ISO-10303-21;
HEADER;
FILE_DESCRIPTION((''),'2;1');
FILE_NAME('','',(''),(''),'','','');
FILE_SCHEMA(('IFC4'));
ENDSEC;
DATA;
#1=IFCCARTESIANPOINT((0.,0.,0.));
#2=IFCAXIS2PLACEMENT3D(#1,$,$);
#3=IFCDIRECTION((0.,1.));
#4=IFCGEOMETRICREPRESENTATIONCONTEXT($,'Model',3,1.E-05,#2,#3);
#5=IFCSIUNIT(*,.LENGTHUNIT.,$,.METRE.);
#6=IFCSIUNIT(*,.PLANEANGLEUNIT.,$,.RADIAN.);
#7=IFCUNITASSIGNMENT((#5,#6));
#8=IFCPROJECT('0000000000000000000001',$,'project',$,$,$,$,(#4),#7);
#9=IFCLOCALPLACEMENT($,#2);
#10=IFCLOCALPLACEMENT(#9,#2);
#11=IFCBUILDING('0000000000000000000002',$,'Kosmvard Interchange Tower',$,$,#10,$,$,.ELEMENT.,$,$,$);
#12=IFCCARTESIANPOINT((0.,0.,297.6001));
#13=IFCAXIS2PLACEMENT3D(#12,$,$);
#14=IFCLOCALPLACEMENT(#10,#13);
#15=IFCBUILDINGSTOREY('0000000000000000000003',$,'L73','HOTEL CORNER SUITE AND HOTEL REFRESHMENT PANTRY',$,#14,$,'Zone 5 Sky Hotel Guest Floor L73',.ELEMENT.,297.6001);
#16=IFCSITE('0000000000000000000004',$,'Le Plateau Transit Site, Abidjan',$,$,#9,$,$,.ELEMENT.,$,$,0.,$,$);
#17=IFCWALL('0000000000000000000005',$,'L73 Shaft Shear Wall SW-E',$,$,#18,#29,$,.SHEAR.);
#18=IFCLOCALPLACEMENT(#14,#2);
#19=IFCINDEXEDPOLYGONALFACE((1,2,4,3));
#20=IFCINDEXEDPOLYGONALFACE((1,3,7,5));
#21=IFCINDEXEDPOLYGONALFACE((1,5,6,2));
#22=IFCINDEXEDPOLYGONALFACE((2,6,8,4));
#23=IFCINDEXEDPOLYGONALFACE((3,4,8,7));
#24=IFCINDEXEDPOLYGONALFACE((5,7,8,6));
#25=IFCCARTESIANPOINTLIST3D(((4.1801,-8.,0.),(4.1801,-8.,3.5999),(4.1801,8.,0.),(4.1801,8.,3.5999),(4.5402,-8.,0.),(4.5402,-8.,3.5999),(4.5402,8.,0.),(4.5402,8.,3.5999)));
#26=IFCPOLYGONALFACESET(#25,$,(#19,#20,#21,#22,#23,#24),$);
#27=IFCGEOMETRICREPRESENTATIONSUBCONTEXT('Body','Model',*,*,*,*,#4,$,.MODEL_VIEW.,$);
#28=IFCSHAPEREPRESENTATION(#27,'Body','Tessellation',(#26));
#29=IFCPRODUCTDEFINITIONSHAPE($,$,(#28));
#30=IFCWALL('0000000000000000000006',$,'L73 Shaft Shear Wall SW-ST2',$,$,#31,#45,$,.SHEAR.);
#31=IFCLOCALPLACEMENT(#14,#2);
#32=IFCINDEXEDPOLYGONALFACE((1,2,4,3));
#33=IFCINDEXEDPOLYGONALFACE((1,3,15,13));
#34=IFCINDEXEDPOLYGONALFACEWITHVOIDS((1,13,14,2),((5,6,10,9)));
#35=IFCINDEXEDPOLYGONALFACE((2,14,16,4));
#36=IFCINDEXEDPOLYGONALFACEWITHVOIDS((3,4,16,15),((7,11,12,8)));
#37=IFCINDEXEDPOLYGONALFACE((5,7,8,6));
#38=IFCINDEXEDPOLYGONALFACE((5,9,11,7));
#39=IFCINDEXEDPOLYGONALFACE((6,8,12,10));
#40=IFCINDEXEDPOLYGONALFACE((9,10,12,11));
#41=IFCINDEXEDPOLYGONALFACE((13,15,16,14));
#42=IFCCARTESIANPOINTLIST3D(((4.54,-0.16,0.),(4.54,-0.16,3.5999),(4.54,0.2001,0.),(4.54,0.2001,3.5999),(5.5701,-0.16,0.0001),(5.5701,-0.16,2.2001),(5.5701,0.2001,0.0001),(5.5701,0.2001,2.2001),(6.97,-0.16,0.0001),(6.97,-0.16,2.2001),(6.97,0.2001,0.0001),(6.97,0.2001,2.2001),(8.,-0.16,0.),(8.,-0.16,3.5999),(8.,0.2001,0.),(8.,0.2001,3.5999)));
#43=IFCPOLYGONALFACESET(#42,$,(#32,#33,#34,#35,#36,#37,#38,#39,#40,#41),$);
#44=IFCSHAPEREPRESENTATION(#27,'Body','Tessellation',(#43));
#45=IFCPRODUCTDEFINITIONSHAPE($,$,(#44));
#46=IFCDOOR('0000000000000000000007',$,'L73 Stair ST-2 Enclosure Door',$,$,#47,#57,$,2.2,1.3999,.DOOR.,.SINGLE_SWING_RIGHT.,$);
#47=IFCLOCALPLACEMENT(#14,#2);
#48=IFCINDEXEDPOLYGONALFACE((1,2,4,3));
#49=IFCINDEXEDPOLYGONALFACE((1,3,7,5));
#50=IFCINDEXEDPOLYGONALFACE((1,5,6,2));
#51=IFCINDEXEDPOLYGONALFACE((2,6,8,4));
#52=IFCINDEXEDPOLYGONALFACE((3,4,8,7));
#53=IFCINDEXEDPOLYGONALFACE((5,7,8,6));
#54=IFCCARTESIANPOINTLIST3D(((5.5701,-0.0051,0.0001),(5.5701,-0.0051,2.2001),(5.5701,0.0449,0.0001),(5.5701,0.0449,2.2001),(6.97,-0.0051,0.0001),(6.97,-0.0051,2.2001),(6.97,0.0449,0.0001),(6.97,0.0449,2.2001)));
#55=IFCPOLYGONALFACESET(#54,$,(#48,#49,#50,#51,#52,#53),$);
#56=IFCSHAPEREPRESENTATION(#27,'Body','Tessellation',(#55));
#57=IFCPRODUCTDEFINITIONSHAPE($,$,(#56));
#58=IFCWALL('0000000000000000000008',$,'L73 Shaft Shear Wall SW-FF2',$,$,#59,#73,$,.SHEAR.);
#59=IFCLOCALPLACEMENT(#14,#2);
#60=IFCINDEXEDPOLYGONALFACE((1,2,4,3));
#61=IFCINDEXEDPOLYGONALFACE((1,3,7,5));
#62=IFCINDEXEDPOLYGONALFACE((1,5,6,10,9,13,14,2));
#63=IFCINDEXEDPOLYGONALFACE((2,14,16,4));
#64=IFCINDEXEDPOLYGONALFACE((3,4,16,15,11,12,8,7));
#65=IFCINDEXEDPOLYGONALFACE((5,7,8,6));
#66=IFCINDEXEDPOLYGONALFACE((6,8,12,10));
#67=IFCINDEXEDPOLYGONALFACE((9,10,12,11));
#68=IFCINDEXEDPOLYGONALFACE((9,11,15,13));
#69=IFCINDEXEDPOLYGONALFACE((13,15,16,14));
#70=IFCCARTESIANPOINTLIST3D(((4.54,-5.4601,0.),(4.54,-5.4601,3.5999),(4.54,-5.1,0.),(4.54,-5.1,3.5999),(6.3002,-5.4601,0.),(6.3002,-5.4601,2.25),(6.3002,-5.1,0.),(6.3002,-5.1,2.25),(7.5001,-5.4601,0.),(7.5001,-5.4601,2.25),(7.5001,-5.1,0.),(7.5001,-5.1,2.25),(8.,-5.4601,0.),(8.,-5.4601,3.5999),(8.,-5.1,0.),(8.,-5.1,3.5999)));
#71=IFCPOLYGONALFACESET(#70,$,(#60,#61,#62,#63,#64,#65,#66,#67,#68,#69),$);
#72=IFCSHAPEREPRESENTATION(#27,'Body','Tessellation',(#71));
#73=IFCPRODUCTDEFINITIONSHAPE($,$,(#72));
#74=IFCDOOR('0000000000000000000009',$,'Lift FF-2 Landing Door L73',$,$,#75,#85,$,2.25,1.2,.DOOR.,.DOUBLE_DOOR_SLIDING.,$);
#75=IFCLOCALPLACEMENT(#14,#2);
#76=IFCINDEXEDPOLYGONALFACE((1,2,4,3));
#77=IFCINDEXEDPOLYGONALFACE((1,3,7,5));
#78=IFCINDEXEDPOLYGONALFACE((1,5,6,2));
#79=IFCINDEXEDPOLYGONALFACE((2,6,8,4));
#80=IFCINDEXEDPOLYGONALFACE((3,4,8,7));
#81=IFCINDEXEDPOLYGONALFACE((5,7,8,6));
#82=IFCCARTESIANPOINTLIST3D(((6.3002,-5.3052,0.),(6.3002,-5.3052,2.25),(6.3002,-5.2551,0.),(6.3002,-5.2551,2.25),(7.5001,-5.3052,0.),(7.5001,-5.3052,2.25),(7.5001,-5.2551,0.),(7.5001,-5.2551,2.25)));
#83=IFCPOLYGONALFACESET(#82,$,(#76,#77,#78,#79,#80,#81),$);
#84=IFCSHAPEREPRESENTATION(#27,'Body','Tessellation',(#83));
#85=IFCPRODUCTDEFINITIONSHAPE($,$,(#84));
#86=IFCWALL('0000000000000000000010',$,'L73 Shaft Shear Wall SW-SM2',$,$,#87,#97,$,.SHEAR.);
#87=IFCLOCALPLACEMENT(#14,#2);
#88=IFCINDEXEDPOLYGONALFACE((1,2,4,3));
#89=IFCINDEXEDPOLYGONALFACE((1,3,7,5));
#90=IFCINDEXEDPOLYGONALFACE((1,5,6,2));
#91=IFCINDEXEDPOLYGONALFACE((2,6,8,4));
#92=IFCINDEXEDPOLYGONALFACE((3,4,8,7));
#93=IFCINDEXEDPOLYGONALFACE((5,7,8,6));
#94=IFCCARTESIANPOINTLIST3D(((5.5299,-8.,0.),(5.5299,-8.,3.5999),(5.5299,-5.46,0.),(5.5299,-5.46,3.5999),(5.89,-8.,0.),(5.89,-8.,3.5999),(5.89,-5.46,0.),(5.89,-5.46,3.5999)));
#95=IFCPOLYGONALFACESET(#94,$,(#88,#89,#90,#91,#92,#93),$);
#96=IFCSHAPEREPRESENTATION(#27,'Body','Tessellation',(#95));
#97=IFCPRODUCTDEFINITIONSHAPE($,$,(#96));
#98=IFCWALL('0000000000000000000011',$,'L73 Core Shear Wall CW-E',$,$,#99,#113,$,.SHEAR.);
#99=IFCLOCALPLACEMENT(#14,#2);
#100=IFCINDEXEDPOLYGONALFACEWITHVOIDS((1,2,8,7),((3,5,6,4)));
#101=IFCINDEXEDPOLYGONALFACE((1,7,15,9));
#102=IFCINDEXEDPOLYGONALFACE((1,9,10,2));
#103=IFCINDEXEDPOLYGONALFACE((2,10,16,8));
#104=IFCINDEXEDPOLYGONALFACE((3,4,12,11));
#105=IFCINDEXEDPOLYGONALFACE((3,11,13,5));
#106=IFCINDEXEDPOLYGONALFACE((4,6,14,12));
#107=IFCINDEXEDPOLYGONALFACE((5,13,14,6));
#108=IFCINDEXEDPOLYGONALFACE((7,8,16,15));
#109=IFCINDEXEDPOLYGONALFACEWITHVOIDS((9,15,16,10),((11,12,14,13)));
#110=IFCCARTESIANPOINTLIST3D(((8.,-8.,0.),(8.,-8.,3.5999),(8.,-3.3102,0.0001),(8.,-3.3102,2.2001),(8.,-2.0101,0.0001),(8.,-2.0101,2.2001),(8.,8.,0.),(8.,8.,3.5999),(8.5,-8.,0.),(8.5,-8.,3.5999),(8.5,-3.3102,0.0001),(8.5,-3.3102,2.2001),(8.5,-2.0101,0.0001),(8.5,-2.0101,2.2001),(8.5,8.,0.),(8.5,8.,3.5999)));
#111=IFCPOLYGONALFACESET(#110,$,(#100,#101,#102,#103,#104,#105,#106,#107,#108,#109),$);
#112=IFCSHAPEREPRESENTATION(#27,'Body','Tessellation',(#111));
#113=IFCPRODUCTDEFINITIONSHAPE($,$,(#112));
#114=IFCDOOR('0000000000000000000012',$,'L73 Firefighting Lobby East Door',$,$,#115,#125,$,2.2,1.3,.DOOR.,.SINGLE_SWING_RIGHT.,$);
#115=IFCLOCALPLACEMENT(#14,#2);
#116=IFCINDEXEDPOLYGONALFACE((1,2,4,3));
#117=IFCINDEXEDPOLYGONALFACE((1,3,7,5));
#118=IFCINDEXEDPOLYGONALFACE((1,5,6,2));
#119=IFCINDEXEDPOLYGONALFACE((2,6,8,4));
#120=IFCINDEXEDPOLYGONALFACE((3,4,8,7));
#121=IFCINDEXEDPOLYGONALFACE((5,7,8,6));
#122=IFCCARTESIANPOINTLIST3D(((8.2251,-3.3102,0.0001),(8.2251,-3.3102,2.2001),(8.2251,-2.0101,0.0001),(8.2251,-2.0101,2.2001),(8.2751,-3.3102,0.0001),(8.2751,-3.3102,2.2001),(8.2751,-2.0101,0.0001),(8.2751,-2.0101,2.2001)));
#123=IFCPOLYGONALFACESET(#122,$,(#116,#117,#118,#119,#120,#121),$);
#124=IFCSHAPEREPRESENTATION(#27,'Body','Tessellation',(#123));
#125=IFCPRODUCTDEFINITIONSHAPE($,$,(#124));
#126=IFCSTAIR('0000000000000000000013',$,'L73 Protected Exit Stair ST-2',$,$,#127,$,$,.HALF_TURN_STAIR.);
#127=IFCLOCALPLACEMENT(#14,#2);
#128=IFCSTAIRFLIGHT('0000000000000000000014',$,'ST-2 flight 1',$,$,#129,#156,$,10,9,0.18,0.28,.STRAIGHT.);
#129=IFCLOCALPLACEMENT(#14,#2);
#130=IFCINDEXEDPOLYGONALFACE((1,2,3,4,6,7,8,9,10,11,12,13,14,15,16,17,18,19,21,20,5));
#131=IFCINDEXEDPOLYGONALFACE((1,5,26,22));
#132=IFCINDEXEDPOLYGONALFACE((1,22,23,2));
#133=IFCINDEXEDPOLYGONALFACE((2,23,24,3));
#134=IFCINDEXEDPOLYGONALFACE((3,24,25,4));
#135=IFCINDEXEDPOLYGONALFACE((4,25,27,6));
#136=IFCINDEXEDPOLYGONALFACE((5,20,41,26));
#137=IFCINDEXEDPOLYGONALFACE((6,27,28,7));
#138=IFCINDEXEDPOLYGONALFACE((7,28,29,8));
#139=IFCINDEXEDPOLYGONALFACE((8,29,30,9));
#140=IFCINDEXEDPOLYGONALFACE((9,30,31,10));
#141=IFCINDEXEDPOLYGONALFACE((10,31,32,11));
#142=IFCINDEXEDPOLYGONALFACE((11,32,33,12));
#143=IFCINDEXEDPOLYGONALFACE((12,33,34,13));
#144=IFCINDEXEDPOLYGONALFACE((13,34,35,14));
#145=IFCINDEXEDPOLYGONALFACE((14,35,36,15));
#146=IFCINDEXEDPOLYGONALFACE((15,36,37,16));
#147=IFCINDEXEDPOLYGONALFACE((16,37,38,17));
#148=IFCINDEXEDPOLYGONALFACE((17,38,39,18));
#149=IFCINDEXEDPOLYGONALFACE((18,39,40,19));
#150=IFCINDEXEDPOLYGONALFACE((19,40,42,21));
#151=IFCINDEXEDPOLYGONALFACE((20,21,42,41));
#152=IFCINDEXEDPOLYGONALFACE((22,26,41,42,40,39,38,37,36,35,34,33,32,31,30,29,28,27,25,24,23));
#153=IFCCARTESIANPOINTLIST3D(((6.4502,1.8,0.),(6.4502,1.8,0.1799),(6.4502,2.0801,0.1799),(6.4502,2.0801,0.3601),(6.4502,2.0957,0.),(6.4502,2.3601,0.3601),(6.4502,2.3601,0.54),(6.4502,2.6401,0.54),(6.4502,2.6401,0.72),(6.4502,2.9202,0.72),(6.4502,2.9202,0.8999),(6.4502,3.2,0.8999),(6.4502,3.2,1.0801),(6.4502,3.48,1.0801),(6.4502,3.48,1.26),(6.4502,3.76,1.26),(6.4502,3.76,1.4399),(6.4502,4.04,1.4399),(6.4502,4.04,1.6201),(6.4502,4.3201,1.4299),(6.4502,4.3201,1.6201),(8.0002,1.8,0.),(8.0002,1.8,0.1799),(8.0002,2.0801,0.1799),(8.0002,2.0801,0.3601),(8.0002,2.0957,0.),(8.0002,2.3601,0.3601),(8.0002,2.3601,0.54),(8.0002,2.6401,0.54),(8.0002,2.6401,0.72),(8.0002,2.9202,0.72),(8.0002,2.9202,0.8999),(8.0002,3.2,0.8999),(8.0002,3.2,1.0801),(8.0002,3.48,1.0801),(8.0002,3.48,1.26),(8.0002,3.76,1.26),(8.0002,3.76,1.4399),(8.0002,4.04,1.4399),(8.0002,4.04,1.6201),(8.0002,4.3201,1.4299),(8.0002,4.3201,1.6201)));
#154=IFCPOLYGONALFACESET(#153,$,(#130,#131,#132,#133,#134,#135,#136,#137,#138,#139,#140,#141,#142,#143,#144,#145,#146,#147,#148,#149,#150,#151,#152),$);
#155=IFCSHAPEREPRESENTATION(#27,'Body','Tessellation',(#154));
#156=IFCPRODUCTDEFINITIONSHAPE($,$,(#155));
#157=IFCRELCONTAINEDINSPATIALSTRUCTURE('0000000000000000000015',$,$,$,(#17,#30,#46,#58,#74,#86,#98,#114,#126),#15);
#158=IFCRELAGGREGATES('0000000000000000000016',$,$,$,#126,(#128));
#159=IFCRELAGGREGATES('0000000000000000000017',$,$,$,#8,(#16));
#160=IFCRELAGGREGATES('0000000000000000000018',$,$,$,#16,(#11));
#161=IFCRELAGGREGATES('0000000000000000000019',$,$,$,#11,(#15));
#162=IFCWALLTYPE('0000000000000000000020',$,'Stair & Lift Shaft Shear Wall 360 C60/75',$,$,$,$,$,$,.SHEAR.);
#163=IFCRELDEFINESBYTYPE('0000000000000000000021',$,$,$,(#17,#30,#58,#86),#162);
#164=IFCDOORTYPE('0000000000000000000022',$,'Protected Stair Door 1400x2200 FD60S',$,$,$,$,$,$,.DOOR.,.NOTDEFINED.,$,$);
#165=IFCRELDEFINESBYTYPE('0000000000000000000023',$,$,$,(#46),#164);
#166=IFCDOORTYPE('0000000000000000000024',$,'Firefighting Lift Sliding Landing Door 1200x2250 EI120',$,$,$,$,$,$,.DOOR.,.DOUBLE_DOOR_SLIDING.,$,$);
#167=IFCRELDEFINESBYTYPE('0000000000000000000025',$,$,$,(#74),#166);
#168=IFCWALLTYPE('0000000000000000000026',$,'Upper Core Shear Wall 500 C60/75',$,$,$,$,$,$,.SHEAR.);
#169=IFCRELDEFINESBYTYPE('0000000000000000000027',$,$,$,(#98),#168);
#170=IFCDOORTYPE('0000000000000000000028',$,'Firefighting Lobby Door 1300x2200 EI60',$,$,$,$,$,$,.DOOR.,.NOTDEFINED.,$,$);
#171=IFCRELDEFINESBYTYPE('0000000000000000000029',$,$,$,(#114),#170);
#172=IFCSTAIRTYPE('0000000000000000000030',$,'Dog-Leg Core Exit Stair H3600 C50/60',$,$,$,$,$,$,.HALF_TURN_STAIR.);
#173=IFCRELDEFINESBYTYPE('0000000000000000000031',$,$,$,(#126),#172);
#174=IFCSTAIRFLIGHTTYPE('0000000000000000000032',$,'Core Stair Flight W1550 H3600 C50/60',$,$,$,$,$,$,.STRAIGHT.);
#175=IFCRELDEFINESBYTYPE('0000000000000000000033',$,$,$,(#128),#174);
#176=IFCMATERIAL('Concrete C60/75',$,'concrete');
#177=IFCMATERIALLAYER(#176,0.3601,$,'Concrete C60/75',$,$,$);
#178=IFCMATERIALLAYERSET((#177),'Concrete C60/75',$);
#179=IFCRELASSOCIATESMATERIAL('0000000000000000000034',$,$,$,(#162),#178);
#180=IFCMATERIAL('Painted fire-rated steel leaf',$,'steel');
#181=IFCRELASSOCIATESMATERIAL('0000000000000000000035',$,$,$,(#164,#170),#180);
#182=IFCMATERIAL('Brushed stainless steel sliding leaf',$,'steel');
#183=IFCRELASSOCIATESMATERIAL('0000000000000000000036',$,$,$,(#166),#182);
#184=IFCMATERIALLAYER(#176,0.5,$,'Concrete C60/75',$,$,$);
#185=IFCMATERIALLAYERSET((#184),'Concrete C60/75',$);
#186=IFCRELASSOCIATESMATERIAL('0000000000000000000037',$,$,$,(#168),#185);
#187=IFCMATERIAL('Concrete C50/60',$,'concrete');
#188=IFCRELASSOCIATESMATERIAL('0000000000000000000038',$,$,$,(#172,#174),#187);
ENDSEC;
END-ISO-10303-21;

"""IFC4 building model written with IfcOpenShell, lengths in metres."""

from ifc_helpers import new_model, si_unit, direction, frame, frame_2d, origin, place, context, subcontext, project, spatial, polyline, rectangle, outline, extrude, source, transform, mapped, material, layer, layer_set, type_object, element, fill, aggregate, save


model = new_model("IFC4")

# Units and contexts
model_context = context("Model", 3, precision=1e-05, world=origin(), true_north=direction((0.0, 1.0)))
body_context = subcontext(model_context, "Body", "Model", "MODEL_VIEW")
ifc_project = project(units=[si_unit("LENGTHUNIT", "METRE"), si_unit("PLANEANGLEUNIT", "RADIAN")], contexts=[model_context])

# Site, building, storey
site_placement = place(None, origin())
site = spatial("IfcSite", under=ifc_project, at=site_placement, Name="Le Plateau Transit Site, Abidjan", CompositionType="ELEMENT", RefElevation=0.0)
building_placement = place(site_placement, origin())
building = spatial("IfcBuilding", under=site, at=building_placement, Name="Kosmvard Interchange Tower", CompositionType="ELEMENT")
storey_placement = place(building_placement, frame((0.0, 0.0, 297.6001)))
storey = spatial("IfcBuildingStorey", under=building, at=storey_placement, Name="L73", Description="HOTEL CORNER SUITE AND HOTEL REFRESHMENT PANTRY", LongName="Zone 5 Sky Hotel Guest Floor L73", CompositionType="ELEMENT", Elevation=297.6001)

# Shared definitions
ifc_material_1 = material(Name="Concrete C50/60", Category="concrete")

# Shared definitions
ifc_material_2 = material(Name="Painted fire-rated steel leaf", Category="steel")
ifc_material_3 = material(Name="Brushed stainless steel sliding leaf", Category="steel")

# Wall
ifc_material_4 = material(Name="Concrete C60/75", Category="concrete")
ifc_layer_1 = layer(ifc_material_4, 0.3601, Name="Concrete C60/75")
ifc_layer_set_1 = layer_set([ifc_layer_1], Name="Concrete C60/75")
wall_type_1 = type_object("IfcWallType", Name="Stair & Lift Shaft Shear Wall 360 C60/75", PredefinedType="SHEAR", material=ifc_layer_set_1)
wall_1_placement = place(storey_placement, frame((4.3601, -8.0, 0.0), z_axis=(0.0, 0.0, 1.0), x_axis=(0.0, 1.0, 0.0)))
element("IfcWall", 1, at=wall_1_placement, inside=storey, type_object=wall_type_1, Name="L73 Shaft Shear Wall SW-E", PredefinedType="SHEAR", context=body_context, shape_type="SweptSolid", body=[
    extrude(rectangle(XDim=16.0, YDim=0.3601, at=frame_2d((8.0, 0.0))), origin(), (0.0, 0.0, 1.0), 3.5999),
])

# Walls, openings, doors
wall_2_placement = place(storey_placement, frame((4.54, 0.02, 0.0), z_axis=(0.0, 0.0, 1.0), x_axis=(1.0, 0.0, 0.0)))
wall_2 = element("IfcWall", 2, at=wall_2_placement, inside=storey, type_object=wall_type_1, Name="L73 Shaft Shear Wall SW-ST2", PredefinedType="SHEAR", context=body_context, shape_type="SweptSolid", body=[
    extrude(rectangle(XDim=3.46, YDim=0.3601, at=frame_2d((1.73, 0.0))), origin(), (0.0, 0.0, 1.0), 3.5999),
])
opening_1_placement = place(wall_2_placement, frame((1.03, 0.0, 0.0)))
opening_1 = element("IfcOpeningElement", 3, at=opening_1_placement, cuts=wall_2, PredefinedType="OPENING", context=body_context, shape_type="SweptSolid", body=[
    extrude(rectangle(XDim=1.3999, YDim=2.2, at=frame_2d((0.7, 1.1001))), frame((0.0, 0.1899, 0.0), z_axis=(0.0, -1.0, 0.0), x_axis=(1.0, 0.0, 0.0)), (0.0, 0.0, 1.0), 0.3801),
])
door_type_1 = type_object("IfcDoorType", Name="Protected Stair Door 1400x2200 FD60S", OperationType="NOTDEFINED", PredefinedType="DOOR", material=ifc_material_2)
shared_shape_1 = source(origin(), body_context, "Body", "SweptSolid", [
    extrude(rectangle(XDim=1.3999, YDim=2.2, at=frame_2d((0.7, 1.1001))), frame((0.0, 0.0249, 0.0), z_axis=(0.0, -1.0, 0.0), x_axis=(1.0, 0.0, 0.0)), (0.0, 0.0, 1.0), 0.05),
])
door_1_placement = place(opening_1_placement, origin())
door_1 = element("IfcDoor", 4, at=door_1_placement, inside=storey, type_object=door_type_1, Name="L73 Stair ST-2 Enclosure Door", OperationType="SINGLE_SWING_RIGHT", OverallHeight=2.2, OverallWidth=1.3999, PredefinedType="DOOR", context=body_context, shape_type="MappedRepresentation", body=[
    mapped(shared_shape_1, transform((0.0, 0.0, 0.0), scale=1.0)),
])
fill(opening_1, door_1)
wall_3_placement = place(storey_placement, frame((4.54, -5.28, 0.0), z_axis=(0.0, 0.0, 1.0), x_axis=(1.0, 0.0, 0.0)))
wall_3 = element("IfcWall", 5, at=wall_3_placement, inside=storey, type_object=wall_type_1, Name="L73 Shaft Shear Wall SW-FF2", PredefinedType="SHEAR", context=body_context, shape_type="SweptSolid", body=[
    extrude(rectangle(XDim=3.46, YDim=0.3601, at=frame_2d((1.73, 0.0))), origin(), (0.0, 0.0, 1.0), 3.5999),
])
opening_2_placement = place(wall_3_placement, frame((1.76, 0.0, 0.0)))
opening_2 = element("IfcOpeningElement", 6, at=opening_2_placement, cuts=wall_3, PredefinedType="OPENING", context=body_context, shape_type="SweptSolid", body=[
    extrude(rectangle(XDim=1.2, YDim=2.25, at=frame_2d((0.6001, 1.125))), frame((0.0, 0.1899, 0.0), z_axis=(0.0, -1.0, 0.0), x_axis=(1.0, 0.0, 0.0)), (0.0, 0.0, 1.0), 0.3801),
])
door_type_2 = type_object("IfcDoorType", Name="Firefighting Lift Sliding Landing Door 1200x2250 EI120", OperationType="DOUBLE_DOOR_SLIDING", PredefinedType="DOOR", material=ifc_material_3)
shared_shape_2 = source(origin(), body_context, "Body", "SweptSolid", [
    extrude(rectangle(XDim=1.2, YDim=2.25, at=frame_2d((0.6001, 1.125))), frame((0.0, 0.0249, 0.0), z_axis=(0.0, -1.0, 0.0), x_axis=(1.0, 0.0, 0.0)), (0.0, 0.0, 1.0), 0.05),
])
door_2_placement = place(opening_2_placement, origin())
door_2 = element("IfcDoor", 7, at=door_2_placement, inside=storey, type_object=door_type_2, Name="Lift FF-2 Landing Door L73", OperationType="DOUBLE_DOOR_SLIDING", OverallHeight=2.25, OverallWidth=1.2, PredefinedType="DOOR", context=body_context, shape_type="MappedRepresentation", body=[
    mapped(shared_shape_2, transform((0.0, 0.0, 0.0), scale=1.0)),
])
fill(opening_2, door_2)

# Wall
wall_4_placement = place(storey_placement, frame((5.71, -8.0, 0.0), z_axis=(0.0, 0.0, 1.0), x_axis=(0.0, 1.0, 0.0)))
element("IfcWall", 8, at=wall_4_placement, inside=storey, type_object=wall_type_1, Name="L73 Shaft Shear Wall SW-SM2", PredefinedType="SHEAR", context=body_context, shape_type="SweptSolid", body=[
    extrude(rectangle(XDim=2.54, YDim=0.3601, at=frame_2d((1.27, 0.0))), origin(), (0.0, 0.0, 1.0), 3.5999),
])

# Wall, opening, door
ifc_layer_2 = layer(ifc_material_4, 0.5, Name="Concrete C60/75")
ifc_layer_set_2 = layer_set([ifc_layer_2], Name="Concrete C60/75")
wall_type_2 = type_object("IfcWallType", Name="Upper Core Shear Wall 500 C60/75", PredefinedType="SHEAR", material=ifc_layer_set_2)
wall_5_placement = place(storey_placement, frame((8.25, -8.0, 0.0), z_axis=(0.0, 0.0, 1.0), x_axis=(0.0, 1.0, 0.0)))
wall_5 = element("IfcWall", 9, at=wall_5_placement, inside=storey, type_object=wall_type_2, Name="L73 Core Shear Wall CW-E", PredefinedType="SHEAR", context=body_context, shape_type="SweptSolid", body=[
    extrude(rectangle(XDim=16.0, YDim=0.5, at=frame_2d((8.0, 0.0))), origin(), (0.0, 0.0, 1.0), 3.5999),
])
opening_3_placement = place(wall_5_placement, frame((4.6899, 0.0, 0.0)))
opening_3 = element("IfcOpeningElement", 10, at=opening_3_placement, cuts=wall_5, PredefinedType="OPENING", context=body_context, shape_type="SweptSolid", body=[
    extrude(rectangle(XDim=1.3, YDim=2.2, at=frame_2d((0.6499, 1.1001))), frame((0.0, 0.26, 0.0), z_axis=(0.0, -1.0, 0.0), x_axis=(1.0, 0.0, 0.0)), (0.0, 0.0, 1.0), 0.52),
])
door_type_3 = type_object("IfcDoorType", Name="Firefighting Lobby Door 1300x2200 EI60", OperationType="NOTDEFINED", PredefinedType="DOOR", material=ifc_material_2)
shared_shape_3 = source(origin(), body_context, "Body", "SweptSolid", [
    extrude(rectangle(XDim=1.3, YDim=2.2, at=frame_2d((0.6499, 1.1001))), frame((0.0, 0.0249, 0.0), z_axis=(0.0, -1.0, 0.0), x_axis=(1.0, 0.0, 0.0)), (0.0, 0.0, 1.0), 0.05),
])
door_3_placement = place(opening_3_placement, origin())
door_3 = element("IfcDoor", 11, at=door_3_placement, inside=storey, type_object=door_type_3, Name="L73 Firefighting Lobby East Door", OperationType="SINGLE_SWING_RIGHT", OverallHeight=2.2, OverallWidth=1.3, PredefinedType="DOOR", context=body_context, shape_type="MappedRepresentation", body=[
    mapped(shared_shape_3, transform((0.0, 0.0, 0.0), scale=1.0)),
])
fill(opening_3, door_3)

# Stair, stair flight
stair_type = type_object("IfcStairType", Name="Dog-Leg Core Exit Stair H3600 C50/60", PredefinedType="HALF_TURN_STAIR", material=ifc_material_1)
stair_placement = place(storey_placement, origin())
stair = element("IfcStair", 12, at=stair_placement, inside=storey, type_object=stair_type, Name="L73 Protected Exit Stair ST-2", PredefinedType="HALF_TURN_STAIR")
stair_flight_type = type_object("IfcStairFlightType", Name="Core Stair Flight W1550 H3600 C50/60", PredefinedType="STRAIGHT", material=ifc_material_1)
shared_shape_4 = source(origin(), body_context, "Body", "SweptSolid", [
    extrude(outline(polyline([(0.0, 0.0), (0.0, 0.1799), (0.28, 0.1799), (0.28, 0.3601), (0.5601, 0.3601), (0.5601, 0.54), (0.8401, 0.54), (0.8401, 0.72), (1.1201, 0.72), (1.1201, 0.8999), (1.3999, 0.8999), (1.3999, 1.0801), (1.6799, 1.0801), (1.6799, 1.26), (1.96, 1.26), (1.96, 1.4399), (2.24, 1.4399), (2.24, 1.6201), (2.52, 1.6201), (2.52, 1.8), (2.52, 1.4299), (0.2957, 0.0), (0.0, 0.0)])), frame((0.0, 0.7749, 0.0), z_axis=(0.0, -1.0, 0.0), x_axis=(1.0, 0.0, 0.0)), (0.0, 0.0, 1.0), 1.55),
])
stair_flight_placement = place(storey_placement, frame((7.2251, 1.8, 0.0), z_axis=(0.0, 0.0, 1.0), x_axis=(0.0, 1.0, 0.0)))
stair_flight = element("IfcStairFlight", 13, at=stair_flight_placement, type_object=stair_flight_type, Name="ST-2 flight 1", NumberOfRisers=10, NumberOfTreads=9, PredefinedType="STRAIGHT", RiserHeight=0.18, TreadLength=0.28, context=body_context, shape_type="MappedRepresentation", body=[
    mapped(shared_shape_4, transform((0.0, 0.0, 0.0), scale=1.0)),
])
aggregate(stair, [stair_flight])

save(model, "model.ifc")
